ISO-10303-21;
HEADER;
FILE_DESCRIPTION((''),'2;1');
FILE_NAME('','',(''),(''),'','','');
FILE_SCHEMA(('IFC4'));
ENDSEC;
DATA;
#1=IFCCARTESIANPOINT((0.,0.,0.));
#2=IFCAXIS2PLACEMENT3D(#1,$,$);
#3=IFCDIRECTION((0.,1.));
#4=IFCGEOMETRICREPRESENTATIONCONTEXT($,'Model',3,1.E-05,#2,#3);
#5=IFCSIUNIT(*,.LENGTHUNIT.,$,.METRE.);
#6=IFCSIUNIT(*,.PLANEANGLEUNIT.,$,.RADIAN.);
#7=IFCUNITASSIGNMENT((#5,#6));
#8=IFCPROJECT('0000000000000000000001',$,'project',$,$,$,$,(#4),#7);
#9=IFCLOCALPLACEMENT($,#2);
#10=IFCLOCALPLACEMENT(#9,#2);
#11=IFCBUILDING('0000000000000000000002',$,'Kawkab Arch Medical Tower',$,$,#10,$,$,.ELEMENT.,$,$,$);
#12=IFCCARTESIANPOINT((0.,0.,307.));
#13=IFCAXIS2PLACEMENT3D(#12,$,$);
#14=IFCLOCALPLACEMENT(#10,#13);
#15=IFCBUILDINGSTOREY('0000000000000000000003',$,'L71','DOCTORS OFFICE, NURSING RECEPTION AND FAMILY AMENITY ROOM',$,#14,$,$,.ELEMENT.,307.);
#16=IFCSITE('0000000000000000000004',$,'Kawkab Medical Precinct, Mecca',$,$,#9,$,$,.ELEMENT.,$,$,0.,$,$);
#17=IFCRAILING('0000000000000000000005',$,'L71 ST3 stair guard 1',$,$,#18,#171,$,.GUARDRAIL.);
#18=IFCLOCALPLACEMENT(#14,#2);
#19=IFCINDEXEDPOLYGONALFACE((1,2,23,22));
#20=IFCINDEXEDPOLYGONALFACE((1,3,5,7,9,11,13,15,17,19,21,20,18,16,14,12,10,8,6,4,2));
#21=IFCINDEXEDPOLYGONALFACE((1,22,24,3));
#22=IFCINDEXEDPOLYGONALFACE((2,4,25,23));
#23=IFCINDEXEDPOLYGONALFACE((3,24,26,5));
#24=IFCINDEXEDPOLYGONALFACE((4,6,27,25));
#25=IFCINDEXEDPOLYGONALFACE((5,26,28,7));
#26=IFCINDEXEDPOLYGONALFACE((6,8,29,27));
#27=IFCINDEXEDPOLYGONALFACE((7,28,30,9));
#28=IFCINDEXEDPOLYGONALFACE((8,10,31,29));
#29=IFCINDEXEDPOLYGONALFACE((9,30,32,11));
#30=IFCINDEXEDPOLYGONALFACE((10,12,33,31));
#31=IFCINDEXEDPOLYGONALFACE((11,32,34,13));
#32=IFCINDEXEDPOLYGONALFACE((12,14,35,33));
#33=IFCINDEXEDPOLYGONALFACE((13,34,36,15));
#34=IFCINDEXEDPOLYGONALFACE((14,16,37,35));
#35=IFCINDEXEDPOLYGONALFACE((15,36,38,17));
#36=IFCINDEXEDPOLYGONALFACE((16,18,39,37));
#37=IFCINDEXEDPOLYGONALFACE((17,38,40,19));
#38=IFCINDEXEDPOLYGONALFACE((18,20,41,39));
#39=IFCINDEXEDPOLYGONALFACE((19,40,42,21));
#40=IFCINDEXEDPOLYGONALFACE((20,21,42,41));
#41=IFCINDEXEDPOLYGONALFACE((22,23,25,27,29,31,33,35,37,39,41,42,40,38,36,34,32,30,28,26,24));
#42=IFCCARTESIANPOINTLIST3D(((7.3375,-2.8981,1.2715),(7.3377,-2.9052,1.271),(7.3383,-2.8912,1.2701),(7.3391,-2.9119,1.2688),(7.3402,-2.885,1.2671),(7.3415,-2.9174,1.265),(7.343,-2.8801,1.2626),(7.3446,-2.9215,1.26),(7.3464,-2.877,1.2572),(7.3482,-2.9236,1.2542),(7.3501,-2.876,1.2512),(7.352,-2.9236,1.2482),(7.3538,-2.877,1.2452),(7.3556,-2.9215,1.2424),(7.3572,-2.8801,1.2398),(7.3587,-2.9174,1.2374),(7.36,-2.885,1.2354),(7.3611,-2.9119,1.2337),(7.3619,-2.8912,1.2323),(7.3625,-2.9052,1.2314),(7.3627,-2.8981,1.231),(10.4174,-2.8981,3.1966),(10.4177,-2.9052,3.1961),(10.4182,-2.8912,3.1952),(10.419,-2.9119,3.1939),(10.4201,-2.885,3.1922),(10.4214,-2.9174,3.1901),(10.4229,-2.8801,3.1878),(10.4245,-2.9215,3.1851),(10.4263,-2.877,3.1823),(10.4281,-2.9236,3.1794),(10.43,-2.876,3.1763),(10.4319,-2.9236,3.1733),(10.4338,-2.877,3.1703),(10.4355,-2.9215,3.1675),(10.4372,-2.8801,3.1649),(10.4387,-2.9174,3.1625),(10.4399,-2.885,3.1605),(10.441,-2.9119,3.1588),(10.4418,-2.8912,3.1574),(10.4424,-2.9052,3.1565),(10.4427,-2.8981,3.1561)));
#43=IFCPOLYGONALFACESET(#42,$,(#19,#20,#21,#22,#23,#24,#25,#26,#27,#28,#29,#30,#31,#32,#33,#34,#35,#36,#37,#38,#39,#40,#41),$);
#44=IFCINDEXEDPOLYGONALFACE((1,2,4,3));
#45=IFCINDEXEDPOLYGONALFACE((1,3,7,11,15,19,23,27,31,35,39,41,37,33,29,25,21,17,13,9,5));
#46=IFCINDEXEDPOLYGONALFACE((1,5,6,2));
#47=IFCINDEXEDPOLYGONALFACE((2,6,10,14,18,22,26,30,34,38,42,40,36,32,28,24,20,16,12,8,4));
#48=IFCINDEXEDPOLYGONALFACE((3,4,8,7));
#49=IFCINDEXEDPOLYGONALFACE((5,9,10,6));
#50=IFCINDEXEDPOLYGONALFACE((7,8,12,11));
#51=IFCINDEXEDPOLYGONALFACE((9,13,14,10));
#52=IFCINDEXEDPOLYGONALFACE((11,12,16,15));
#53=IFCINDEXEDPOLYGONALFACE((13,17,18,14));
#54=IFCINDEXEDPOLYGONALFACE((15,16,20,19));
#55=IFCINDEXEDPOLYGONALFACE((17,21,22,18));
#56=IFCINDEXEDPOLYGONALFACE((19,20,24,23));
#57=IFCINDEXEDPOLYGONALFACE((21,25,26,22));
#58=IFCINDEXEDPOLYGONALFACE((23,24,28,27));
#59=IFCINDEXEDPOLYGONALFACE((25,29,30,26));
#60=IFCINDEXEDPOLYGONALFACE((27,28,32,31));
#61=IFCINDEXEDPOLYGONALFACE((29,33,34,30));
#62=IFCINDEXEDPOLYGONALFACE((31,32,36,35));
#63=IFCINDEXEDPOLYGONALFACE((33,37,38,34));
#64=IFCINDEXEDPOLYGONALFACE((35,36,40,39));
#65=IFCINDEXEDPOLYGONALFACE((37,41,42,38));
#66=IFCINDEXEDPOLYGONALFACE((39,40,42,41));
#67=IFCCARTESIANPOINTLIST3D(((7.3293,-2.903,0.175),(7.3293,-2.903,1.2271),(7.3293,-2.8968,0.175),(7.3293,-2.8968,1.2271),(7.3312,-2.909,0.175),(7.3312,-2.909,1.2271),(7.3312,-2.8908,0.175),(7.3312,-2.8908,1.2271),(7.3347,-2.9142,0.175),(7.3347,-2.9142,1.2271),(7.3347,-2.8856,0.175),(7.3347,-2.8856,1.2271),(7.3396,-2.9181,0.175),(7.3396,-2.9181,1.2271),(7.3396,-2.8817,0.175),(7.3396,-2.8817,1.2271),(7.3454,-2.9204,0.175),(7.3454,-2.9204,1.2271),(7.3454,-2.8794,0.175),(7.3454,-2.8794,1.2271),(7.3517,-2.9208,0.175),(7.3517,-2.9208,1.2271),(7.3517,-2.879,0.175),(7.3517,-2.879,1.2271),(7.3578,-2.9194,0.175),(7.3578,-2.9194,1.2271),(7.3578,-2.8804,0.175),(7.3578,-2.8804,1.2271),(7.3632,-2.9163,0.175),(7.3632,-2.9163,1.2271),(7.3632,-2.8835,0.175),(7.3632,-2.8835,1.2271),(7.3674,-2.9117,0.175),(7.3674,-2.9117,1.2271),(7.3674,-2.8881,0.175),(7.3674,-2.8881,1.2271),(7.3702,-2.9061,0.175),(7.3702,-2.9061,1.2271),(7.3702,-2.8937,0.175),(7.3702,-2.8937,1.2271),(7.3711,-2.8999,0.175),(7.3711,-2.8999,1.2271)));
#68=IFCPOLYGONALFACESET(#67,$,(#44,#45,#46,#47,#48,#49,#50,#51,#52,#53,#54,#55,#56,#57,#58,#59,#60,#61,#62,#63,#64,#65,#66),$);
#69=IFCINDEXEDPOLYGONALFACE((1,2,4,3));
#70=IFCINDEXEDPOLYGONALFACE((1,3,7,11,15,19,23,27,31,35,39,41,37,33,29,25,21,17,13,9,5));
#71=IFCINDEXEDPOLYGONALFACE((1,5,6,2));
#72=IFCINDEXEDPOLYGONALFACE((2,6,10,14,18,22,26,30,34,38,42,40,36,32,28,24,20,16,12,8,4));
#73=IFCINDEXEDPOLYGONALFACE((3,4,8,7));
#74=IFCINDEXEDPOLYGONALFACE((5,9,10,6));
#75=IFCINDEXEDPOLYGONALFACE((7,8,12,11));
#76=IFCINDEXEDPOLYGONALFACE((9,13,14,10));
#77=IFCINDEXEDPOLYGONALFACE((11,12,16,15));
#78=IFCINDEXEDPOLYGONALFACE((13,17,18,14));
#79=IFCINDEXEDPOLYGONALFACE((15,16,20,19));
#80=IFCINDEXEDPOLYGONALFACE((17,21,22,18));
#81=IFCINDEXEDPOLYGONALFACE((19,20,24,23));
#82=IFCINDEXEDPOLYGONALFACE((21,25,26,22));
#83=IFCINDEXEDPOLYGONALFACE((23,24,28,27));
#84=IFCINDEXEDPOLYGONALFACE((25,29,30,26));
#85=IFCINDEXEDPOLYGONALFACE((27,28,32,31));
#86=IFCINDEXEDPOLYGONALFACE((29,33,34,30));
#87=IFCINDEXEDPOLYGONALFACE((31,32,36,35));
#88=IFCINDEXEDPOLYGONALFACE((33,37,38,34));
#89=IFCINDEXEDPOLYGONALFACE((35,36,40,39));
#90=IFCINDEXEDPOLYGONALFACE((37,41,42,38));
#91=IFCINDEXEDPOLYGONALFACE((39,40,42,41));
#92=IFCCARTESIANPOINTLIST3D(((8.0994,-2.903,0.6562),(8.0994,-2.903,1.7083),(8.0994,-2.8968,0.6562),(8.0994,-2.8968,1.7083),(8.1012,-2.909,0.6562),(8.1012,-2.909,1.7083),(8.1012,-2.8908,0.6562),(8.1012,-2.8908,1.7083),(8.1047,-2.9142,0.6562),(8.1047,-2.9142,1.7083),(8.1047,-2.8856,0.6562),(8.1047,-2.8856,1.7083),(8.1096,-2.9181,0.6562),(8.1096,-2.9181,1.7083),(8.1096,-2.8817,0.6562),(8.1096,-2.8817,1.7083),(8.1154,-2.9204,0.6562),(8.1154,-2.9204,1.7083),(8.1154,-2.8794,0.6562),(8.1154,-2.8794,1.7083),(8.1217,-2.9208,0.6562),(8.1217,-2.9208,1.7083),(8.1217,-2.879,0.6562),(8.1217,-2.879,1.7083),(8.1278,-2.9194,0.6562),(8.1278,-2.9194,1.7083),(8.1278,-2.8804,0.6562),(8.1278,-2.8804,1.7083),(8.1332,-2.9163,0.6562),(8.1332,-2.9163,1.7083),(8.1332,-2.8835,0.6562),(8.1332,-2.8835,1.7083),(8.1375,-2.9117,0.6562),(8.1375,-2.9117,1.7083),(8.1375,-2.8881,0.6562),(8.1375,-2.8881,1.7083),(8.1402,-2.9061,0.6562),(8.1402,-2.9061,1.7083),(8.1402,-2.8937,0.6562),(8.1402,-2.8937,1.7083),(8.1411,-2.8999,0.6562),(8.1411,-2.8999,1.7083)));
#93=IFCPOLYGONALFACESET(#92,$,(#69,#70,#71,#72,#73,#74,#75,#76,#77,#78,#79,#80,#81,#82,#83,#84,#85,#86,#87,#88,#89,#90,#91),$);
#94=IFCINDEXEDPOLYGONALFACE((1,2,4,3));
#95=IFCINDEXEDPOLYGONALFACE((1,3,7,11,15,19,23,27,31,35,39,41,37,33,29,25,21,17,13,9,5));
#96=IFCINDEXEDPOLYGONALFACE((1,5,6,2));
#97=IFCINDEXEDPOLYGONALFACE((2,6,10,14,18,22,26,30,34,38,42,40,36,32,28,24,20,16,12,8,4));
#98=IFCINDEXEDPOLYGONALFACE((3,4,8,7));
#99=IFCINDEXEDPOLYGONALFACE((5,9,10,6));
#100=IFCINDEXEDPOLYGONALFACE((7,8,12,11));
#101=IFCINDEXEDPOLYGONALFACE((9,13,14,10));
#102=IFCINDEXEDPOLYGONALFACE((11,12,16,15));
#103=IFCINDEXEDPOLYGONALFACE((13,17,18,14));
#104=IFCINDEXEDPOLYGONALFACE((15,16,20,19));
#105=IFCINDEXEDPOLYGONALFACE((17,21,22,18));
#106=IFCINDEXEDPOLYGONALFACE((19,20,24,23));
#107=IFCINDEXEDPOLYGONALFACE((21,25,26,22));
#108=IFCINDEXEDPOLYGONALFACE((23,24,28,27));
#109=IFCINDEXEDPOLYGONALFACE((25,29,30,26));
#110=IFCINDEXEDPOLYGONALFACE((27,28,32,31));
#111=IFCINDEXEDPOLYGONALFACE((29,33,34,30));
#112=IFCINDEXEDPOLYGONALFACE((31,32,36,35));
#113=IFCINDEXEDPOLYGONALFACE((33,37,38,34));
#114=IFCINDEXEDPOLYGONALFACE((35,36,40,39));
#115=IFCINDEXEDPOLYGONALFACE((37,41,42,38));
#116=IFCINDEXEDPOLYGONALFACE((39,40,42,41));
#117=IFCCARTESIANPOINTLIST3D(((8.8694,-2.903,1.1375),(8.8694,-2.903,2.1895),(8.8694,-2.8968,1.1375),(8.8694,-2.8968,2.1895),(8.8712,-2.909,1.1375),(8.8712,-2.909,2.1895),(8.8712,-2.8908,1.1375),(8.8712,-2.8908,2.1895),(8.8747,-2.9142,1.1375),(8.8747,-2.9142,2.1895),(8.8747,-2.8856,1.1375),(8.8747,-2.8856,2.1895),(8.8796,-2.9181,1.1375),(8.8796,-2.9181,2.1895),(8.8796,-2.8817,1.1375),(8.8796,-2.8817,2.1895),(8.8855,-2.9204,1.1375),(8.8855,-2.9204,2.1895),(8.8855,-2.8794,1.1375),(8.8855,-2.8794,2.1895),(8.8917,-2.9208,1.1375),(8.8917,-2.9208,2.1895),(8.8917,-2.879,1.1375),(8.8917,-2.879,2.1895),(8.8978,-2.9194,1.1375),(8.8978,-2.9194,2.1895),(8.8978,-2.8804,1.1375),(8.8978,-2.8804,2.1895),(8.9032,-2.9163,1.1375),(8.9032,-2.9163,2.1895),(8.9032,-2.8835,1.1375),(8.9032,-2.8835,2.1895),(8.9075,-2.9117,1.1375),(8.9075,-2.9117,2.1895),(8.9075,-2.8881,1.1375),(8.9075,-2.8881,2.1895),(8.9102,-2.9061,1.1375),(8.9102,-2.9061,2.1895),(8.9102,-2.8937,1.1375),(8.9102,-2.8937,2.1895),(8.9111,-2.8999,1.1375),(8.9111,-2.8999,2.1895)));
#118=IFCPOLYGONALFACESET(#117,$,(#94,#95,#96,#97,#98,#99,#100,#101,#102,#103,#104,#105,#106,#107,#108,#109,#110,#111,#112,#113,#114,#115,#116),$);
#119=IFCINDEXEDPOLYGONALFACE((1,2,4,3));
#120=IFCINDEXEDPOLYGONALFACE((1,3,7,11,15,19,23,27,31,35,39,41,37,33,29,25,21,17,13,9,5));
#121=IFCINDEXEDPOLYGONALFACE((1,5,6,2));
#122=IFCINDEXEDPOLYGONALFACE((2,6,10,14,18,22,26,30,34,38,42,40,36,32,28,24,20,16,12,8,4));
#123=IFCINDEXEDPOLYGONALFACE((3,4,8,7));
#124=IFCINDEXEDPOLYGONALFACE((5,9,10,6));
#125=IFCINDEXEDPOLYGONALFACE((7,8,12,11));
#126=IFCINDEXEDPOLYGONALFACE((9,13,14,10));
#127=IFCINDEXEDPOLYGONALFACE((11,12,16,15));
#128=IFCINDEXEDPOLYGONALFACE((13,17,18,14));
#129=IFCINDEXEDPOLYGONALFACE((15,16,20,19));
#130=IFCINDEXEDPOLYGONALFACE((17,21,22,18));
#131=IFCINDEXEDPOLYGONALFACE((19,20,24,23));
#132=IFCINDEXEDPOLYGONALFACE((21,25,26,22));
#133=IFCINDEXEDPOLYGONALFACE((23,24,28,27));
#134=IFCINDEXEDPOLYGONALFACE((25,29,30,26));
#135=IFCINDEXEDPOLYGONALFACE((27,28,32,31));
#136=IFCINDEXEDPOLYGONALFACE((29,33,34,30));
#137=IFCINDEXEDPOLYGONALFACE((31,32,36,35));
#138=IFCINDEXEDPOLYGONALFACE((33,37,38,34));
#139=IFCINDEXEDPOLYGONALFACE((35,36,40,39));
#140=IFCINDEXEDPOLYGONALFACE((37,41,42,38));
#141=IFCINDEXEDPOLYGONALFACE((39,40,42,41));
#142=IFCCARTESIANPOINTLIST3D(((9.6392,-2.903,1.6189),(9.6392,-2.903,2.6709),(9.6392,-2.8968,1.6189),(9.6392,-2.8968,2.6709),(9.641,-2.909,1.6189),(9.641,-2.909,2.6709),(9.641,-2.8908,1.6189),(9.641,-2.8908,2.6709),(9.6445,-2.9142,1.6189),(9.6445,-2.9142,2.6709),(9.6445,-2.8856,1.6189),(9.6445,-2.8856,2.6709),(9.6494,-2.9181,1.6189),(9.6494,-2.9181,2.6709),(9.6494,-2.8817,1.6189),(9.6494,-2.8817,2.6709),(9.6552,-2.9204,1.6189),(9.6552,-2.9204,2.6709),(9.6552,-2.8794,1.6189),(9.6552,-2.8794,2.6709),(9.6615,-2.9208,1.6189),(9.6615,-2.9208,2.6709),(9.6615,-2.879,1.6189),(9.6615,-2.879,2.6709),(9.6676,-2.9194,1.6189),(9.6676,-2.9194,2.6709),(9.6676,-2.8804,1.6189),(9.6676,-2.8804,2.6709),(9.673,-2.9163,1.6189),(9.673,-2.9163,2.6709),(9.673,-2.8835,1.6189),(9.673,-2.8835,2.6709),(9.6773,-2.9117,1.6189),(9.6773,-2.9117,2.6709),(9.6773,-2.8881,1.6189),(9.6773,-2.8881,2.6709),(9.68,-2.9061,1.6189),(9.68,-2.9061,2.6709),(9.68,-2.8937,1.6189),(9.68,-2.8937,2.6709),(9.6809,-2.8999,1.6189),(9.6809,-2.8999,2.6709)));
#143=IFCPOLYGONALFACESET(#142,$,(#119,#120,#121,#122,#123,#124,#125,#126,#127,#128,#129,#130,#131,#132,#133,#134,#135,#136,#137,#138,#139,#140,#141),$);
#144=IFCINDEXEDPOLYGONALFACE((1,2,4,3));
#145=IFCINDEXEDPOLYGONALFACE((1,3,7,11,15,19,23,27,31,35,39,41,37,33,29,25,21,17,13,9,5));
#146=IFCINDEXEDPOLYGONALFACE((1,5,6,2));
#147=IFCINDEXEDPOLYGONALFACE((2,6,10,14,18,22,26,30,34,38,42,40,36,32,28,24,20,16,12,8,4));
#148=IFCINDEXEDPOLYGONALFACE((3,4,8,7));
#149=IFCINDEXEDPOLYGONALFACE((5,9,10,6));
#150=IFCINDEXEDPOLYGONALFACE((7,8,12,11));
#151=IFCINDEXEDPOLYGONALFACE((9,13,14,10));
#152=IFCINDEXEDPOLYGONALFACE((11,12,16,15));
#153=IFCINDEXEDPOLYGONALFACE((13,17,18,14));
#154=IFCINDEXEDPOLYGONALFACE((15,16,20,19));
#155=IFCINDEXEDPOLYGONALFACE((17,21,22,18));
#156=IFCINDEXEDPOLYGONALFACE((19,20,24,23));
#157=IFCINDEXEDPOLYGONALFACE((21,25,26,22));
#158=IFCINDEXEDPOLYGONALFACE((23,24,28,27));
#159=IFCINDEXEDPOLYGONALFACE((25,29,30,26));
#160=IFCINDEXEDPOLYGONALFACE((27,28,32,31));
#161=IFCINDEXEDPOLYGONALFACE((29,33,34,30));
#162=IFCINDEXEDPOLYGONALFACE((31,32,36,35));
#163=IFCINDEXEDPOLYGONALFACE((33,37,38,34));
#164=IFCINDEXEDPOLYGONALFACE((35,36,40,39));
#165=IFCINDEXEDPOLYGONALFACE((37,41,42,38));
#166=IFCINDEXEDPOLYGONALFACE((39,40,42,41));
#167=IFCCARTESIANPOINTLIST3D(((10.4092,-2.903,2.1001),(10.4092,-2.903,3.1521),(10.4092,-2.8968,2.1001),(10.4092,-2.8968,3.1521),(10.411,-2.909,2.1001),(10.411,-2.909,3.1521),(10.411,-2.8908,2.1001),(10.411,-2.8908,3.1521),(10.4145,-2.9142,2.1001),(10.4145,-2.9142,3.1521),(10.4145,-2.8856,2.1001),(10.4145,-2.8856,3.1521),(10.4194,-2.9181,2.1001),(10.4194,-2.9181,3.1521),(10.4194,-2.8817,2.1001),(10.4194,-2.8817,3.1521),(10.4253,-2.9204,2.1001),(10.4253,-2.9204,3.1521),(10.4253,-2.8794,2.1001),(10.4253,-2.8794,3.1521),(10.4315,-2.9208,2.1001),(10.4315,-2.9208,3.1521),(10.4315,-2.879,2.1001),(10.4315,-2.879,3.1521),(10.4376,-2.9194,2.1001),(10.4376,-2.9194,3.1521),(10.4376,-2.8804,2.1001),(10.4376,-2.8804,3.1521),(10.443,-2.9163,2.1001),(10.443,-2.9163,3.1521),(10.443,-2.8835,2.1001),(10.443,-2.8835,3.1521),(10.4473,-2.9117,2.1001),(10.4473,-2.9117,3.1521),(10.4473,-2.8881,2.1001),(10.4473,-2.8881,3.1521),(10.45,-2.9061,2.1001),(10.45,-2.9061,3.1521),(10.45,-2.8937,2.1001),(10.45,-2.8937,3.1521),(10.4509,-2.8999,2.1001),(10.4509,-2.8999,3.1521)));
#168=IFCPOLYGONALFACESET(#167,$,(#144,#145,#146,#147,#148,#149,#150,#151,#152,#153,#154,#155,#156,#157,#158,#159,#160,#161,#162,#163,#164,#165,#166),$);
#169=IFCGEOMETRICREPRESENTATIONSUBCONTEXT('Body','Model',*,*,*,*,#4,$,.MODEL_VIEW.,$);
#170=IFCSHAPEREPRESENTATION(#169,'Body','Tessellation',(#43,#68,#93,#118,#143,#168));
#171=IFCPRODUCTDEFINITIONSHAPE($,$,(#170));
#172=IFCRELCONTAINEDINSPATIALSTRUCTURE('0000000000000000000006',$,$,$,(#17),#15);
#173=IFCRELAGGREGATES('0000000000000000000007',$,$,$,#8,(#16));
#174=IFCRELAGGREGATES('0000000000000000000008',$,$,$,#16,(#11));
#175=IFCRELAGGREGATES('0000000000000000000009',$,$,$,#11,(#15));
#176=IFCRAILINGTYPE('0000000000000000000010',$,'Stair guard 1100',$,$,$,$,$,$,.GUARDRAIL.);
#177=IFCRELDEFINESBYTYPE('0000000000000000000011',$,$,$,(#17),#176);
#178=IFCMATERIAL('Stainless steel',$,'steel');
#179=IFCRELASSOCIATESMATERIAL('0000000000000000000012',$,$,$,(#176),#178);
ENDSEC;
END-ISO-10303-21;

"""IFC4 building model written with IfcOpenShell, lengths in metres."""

from ifc_helpers import new_model, si_unit, direction, frame, origin, origin_2d, place, context, subcontext, project, spatial, circle, extrude, material, type_object, element, save


model = new_model("IFC4")

# Units and contexts
model_context = context("Model", 3, precision=1e-05, world=origin(), true_north=direction((0.0, 1.0)))
body_context = subcontext(model_context, "Body", "Model", "MODEL_VIEW")
ifc_project = project(units=[si_unit("LENGTHUNIT", "METRE"), si_unit("PLANEANGLEUNIT", "RADIAN")], contexts=[model_context])

# Site, building, storey
site_placement = place(None, origin())
site = spatial("IfcSite", under=ifc_project, at=site_placement, Name="Kawkab Medical Precinct, Mecca", CompositionType="ELEMENT", RefElevation=0.0)
building_placement = place(site_placement, origin())
building = spatial("IfcBuilding", under=site, at=building_placement, Name="Kawkab Arch Medical Tower", CompositionType="ELEMENT")
storey_placement = place(building_placement, frame((0.0, 0.0, 307.0)))
storey = spatial("IfcBuildingStorey", under=building, at=storey_placement, Name="L71", Description="DOCTORS OFFICE, NURSING RECEPTION AND FAMILY AMENITY ROOM", CompositionType="ELEMENT", Elevation=307.0)

# Railing
ifc_material_1 = material(Name="Stainless steel", Category="steel")
railing_type_1 = type_object("IfcRailingType", Name="Stair guard 1100", PredefinedType="GUARDRAIL", material=ifc_material_1)
railing_1_placement = place(storey_placement, frame((7.3501, -2.8999, 0.175)))
element("IfcRailing", 1, at=railing_1_placement, inside=storey, type_object=railing_type_1, Name="L71 ST3 stair guard 1", PredefinedType="GUARDRAIL", context=body_context, shape_type="SweptSolid", body=[
    extrude(circle(Radius=0.0239, at=origin_2d()), frame((0.0, 0.0, 1.0762), z_axis=(0.847979, 0.0, 0.530029), x_axis=(0.0, 1.0, 0.0)), (0.0, 0.0, 1.0), 3.6321),
    extrude(circle(Radius=0.021, at=origin_2d()), origin(), (0.0, 0.0, 1.0), 1.052),
    extrude(circle(Radius=0.021, at=origin_2d()), frame((0.77, 0.0, 0.4812)), (0.0, 0.0, 1.0), 1.052),
    extrude(circle(Radius=0.021, at=origin_2d()), frame((1.54, 0.0, 0.9624)), (0.0, 0.0, 1.0), 1.052),
    extrude(circle(Radius=0.021, at=origin_2d()), frame((2.3098, 0.0, 1.4438)), (0.0, 0.0, 1.0), 1.052),
    extrude(circle(Radius=0.021, at=origin_2d()), frame((3.0798, 0.0, 1.925)), (0.0, 0.0, 1.0), 1.052),
])

save(model, "model.ifc")
